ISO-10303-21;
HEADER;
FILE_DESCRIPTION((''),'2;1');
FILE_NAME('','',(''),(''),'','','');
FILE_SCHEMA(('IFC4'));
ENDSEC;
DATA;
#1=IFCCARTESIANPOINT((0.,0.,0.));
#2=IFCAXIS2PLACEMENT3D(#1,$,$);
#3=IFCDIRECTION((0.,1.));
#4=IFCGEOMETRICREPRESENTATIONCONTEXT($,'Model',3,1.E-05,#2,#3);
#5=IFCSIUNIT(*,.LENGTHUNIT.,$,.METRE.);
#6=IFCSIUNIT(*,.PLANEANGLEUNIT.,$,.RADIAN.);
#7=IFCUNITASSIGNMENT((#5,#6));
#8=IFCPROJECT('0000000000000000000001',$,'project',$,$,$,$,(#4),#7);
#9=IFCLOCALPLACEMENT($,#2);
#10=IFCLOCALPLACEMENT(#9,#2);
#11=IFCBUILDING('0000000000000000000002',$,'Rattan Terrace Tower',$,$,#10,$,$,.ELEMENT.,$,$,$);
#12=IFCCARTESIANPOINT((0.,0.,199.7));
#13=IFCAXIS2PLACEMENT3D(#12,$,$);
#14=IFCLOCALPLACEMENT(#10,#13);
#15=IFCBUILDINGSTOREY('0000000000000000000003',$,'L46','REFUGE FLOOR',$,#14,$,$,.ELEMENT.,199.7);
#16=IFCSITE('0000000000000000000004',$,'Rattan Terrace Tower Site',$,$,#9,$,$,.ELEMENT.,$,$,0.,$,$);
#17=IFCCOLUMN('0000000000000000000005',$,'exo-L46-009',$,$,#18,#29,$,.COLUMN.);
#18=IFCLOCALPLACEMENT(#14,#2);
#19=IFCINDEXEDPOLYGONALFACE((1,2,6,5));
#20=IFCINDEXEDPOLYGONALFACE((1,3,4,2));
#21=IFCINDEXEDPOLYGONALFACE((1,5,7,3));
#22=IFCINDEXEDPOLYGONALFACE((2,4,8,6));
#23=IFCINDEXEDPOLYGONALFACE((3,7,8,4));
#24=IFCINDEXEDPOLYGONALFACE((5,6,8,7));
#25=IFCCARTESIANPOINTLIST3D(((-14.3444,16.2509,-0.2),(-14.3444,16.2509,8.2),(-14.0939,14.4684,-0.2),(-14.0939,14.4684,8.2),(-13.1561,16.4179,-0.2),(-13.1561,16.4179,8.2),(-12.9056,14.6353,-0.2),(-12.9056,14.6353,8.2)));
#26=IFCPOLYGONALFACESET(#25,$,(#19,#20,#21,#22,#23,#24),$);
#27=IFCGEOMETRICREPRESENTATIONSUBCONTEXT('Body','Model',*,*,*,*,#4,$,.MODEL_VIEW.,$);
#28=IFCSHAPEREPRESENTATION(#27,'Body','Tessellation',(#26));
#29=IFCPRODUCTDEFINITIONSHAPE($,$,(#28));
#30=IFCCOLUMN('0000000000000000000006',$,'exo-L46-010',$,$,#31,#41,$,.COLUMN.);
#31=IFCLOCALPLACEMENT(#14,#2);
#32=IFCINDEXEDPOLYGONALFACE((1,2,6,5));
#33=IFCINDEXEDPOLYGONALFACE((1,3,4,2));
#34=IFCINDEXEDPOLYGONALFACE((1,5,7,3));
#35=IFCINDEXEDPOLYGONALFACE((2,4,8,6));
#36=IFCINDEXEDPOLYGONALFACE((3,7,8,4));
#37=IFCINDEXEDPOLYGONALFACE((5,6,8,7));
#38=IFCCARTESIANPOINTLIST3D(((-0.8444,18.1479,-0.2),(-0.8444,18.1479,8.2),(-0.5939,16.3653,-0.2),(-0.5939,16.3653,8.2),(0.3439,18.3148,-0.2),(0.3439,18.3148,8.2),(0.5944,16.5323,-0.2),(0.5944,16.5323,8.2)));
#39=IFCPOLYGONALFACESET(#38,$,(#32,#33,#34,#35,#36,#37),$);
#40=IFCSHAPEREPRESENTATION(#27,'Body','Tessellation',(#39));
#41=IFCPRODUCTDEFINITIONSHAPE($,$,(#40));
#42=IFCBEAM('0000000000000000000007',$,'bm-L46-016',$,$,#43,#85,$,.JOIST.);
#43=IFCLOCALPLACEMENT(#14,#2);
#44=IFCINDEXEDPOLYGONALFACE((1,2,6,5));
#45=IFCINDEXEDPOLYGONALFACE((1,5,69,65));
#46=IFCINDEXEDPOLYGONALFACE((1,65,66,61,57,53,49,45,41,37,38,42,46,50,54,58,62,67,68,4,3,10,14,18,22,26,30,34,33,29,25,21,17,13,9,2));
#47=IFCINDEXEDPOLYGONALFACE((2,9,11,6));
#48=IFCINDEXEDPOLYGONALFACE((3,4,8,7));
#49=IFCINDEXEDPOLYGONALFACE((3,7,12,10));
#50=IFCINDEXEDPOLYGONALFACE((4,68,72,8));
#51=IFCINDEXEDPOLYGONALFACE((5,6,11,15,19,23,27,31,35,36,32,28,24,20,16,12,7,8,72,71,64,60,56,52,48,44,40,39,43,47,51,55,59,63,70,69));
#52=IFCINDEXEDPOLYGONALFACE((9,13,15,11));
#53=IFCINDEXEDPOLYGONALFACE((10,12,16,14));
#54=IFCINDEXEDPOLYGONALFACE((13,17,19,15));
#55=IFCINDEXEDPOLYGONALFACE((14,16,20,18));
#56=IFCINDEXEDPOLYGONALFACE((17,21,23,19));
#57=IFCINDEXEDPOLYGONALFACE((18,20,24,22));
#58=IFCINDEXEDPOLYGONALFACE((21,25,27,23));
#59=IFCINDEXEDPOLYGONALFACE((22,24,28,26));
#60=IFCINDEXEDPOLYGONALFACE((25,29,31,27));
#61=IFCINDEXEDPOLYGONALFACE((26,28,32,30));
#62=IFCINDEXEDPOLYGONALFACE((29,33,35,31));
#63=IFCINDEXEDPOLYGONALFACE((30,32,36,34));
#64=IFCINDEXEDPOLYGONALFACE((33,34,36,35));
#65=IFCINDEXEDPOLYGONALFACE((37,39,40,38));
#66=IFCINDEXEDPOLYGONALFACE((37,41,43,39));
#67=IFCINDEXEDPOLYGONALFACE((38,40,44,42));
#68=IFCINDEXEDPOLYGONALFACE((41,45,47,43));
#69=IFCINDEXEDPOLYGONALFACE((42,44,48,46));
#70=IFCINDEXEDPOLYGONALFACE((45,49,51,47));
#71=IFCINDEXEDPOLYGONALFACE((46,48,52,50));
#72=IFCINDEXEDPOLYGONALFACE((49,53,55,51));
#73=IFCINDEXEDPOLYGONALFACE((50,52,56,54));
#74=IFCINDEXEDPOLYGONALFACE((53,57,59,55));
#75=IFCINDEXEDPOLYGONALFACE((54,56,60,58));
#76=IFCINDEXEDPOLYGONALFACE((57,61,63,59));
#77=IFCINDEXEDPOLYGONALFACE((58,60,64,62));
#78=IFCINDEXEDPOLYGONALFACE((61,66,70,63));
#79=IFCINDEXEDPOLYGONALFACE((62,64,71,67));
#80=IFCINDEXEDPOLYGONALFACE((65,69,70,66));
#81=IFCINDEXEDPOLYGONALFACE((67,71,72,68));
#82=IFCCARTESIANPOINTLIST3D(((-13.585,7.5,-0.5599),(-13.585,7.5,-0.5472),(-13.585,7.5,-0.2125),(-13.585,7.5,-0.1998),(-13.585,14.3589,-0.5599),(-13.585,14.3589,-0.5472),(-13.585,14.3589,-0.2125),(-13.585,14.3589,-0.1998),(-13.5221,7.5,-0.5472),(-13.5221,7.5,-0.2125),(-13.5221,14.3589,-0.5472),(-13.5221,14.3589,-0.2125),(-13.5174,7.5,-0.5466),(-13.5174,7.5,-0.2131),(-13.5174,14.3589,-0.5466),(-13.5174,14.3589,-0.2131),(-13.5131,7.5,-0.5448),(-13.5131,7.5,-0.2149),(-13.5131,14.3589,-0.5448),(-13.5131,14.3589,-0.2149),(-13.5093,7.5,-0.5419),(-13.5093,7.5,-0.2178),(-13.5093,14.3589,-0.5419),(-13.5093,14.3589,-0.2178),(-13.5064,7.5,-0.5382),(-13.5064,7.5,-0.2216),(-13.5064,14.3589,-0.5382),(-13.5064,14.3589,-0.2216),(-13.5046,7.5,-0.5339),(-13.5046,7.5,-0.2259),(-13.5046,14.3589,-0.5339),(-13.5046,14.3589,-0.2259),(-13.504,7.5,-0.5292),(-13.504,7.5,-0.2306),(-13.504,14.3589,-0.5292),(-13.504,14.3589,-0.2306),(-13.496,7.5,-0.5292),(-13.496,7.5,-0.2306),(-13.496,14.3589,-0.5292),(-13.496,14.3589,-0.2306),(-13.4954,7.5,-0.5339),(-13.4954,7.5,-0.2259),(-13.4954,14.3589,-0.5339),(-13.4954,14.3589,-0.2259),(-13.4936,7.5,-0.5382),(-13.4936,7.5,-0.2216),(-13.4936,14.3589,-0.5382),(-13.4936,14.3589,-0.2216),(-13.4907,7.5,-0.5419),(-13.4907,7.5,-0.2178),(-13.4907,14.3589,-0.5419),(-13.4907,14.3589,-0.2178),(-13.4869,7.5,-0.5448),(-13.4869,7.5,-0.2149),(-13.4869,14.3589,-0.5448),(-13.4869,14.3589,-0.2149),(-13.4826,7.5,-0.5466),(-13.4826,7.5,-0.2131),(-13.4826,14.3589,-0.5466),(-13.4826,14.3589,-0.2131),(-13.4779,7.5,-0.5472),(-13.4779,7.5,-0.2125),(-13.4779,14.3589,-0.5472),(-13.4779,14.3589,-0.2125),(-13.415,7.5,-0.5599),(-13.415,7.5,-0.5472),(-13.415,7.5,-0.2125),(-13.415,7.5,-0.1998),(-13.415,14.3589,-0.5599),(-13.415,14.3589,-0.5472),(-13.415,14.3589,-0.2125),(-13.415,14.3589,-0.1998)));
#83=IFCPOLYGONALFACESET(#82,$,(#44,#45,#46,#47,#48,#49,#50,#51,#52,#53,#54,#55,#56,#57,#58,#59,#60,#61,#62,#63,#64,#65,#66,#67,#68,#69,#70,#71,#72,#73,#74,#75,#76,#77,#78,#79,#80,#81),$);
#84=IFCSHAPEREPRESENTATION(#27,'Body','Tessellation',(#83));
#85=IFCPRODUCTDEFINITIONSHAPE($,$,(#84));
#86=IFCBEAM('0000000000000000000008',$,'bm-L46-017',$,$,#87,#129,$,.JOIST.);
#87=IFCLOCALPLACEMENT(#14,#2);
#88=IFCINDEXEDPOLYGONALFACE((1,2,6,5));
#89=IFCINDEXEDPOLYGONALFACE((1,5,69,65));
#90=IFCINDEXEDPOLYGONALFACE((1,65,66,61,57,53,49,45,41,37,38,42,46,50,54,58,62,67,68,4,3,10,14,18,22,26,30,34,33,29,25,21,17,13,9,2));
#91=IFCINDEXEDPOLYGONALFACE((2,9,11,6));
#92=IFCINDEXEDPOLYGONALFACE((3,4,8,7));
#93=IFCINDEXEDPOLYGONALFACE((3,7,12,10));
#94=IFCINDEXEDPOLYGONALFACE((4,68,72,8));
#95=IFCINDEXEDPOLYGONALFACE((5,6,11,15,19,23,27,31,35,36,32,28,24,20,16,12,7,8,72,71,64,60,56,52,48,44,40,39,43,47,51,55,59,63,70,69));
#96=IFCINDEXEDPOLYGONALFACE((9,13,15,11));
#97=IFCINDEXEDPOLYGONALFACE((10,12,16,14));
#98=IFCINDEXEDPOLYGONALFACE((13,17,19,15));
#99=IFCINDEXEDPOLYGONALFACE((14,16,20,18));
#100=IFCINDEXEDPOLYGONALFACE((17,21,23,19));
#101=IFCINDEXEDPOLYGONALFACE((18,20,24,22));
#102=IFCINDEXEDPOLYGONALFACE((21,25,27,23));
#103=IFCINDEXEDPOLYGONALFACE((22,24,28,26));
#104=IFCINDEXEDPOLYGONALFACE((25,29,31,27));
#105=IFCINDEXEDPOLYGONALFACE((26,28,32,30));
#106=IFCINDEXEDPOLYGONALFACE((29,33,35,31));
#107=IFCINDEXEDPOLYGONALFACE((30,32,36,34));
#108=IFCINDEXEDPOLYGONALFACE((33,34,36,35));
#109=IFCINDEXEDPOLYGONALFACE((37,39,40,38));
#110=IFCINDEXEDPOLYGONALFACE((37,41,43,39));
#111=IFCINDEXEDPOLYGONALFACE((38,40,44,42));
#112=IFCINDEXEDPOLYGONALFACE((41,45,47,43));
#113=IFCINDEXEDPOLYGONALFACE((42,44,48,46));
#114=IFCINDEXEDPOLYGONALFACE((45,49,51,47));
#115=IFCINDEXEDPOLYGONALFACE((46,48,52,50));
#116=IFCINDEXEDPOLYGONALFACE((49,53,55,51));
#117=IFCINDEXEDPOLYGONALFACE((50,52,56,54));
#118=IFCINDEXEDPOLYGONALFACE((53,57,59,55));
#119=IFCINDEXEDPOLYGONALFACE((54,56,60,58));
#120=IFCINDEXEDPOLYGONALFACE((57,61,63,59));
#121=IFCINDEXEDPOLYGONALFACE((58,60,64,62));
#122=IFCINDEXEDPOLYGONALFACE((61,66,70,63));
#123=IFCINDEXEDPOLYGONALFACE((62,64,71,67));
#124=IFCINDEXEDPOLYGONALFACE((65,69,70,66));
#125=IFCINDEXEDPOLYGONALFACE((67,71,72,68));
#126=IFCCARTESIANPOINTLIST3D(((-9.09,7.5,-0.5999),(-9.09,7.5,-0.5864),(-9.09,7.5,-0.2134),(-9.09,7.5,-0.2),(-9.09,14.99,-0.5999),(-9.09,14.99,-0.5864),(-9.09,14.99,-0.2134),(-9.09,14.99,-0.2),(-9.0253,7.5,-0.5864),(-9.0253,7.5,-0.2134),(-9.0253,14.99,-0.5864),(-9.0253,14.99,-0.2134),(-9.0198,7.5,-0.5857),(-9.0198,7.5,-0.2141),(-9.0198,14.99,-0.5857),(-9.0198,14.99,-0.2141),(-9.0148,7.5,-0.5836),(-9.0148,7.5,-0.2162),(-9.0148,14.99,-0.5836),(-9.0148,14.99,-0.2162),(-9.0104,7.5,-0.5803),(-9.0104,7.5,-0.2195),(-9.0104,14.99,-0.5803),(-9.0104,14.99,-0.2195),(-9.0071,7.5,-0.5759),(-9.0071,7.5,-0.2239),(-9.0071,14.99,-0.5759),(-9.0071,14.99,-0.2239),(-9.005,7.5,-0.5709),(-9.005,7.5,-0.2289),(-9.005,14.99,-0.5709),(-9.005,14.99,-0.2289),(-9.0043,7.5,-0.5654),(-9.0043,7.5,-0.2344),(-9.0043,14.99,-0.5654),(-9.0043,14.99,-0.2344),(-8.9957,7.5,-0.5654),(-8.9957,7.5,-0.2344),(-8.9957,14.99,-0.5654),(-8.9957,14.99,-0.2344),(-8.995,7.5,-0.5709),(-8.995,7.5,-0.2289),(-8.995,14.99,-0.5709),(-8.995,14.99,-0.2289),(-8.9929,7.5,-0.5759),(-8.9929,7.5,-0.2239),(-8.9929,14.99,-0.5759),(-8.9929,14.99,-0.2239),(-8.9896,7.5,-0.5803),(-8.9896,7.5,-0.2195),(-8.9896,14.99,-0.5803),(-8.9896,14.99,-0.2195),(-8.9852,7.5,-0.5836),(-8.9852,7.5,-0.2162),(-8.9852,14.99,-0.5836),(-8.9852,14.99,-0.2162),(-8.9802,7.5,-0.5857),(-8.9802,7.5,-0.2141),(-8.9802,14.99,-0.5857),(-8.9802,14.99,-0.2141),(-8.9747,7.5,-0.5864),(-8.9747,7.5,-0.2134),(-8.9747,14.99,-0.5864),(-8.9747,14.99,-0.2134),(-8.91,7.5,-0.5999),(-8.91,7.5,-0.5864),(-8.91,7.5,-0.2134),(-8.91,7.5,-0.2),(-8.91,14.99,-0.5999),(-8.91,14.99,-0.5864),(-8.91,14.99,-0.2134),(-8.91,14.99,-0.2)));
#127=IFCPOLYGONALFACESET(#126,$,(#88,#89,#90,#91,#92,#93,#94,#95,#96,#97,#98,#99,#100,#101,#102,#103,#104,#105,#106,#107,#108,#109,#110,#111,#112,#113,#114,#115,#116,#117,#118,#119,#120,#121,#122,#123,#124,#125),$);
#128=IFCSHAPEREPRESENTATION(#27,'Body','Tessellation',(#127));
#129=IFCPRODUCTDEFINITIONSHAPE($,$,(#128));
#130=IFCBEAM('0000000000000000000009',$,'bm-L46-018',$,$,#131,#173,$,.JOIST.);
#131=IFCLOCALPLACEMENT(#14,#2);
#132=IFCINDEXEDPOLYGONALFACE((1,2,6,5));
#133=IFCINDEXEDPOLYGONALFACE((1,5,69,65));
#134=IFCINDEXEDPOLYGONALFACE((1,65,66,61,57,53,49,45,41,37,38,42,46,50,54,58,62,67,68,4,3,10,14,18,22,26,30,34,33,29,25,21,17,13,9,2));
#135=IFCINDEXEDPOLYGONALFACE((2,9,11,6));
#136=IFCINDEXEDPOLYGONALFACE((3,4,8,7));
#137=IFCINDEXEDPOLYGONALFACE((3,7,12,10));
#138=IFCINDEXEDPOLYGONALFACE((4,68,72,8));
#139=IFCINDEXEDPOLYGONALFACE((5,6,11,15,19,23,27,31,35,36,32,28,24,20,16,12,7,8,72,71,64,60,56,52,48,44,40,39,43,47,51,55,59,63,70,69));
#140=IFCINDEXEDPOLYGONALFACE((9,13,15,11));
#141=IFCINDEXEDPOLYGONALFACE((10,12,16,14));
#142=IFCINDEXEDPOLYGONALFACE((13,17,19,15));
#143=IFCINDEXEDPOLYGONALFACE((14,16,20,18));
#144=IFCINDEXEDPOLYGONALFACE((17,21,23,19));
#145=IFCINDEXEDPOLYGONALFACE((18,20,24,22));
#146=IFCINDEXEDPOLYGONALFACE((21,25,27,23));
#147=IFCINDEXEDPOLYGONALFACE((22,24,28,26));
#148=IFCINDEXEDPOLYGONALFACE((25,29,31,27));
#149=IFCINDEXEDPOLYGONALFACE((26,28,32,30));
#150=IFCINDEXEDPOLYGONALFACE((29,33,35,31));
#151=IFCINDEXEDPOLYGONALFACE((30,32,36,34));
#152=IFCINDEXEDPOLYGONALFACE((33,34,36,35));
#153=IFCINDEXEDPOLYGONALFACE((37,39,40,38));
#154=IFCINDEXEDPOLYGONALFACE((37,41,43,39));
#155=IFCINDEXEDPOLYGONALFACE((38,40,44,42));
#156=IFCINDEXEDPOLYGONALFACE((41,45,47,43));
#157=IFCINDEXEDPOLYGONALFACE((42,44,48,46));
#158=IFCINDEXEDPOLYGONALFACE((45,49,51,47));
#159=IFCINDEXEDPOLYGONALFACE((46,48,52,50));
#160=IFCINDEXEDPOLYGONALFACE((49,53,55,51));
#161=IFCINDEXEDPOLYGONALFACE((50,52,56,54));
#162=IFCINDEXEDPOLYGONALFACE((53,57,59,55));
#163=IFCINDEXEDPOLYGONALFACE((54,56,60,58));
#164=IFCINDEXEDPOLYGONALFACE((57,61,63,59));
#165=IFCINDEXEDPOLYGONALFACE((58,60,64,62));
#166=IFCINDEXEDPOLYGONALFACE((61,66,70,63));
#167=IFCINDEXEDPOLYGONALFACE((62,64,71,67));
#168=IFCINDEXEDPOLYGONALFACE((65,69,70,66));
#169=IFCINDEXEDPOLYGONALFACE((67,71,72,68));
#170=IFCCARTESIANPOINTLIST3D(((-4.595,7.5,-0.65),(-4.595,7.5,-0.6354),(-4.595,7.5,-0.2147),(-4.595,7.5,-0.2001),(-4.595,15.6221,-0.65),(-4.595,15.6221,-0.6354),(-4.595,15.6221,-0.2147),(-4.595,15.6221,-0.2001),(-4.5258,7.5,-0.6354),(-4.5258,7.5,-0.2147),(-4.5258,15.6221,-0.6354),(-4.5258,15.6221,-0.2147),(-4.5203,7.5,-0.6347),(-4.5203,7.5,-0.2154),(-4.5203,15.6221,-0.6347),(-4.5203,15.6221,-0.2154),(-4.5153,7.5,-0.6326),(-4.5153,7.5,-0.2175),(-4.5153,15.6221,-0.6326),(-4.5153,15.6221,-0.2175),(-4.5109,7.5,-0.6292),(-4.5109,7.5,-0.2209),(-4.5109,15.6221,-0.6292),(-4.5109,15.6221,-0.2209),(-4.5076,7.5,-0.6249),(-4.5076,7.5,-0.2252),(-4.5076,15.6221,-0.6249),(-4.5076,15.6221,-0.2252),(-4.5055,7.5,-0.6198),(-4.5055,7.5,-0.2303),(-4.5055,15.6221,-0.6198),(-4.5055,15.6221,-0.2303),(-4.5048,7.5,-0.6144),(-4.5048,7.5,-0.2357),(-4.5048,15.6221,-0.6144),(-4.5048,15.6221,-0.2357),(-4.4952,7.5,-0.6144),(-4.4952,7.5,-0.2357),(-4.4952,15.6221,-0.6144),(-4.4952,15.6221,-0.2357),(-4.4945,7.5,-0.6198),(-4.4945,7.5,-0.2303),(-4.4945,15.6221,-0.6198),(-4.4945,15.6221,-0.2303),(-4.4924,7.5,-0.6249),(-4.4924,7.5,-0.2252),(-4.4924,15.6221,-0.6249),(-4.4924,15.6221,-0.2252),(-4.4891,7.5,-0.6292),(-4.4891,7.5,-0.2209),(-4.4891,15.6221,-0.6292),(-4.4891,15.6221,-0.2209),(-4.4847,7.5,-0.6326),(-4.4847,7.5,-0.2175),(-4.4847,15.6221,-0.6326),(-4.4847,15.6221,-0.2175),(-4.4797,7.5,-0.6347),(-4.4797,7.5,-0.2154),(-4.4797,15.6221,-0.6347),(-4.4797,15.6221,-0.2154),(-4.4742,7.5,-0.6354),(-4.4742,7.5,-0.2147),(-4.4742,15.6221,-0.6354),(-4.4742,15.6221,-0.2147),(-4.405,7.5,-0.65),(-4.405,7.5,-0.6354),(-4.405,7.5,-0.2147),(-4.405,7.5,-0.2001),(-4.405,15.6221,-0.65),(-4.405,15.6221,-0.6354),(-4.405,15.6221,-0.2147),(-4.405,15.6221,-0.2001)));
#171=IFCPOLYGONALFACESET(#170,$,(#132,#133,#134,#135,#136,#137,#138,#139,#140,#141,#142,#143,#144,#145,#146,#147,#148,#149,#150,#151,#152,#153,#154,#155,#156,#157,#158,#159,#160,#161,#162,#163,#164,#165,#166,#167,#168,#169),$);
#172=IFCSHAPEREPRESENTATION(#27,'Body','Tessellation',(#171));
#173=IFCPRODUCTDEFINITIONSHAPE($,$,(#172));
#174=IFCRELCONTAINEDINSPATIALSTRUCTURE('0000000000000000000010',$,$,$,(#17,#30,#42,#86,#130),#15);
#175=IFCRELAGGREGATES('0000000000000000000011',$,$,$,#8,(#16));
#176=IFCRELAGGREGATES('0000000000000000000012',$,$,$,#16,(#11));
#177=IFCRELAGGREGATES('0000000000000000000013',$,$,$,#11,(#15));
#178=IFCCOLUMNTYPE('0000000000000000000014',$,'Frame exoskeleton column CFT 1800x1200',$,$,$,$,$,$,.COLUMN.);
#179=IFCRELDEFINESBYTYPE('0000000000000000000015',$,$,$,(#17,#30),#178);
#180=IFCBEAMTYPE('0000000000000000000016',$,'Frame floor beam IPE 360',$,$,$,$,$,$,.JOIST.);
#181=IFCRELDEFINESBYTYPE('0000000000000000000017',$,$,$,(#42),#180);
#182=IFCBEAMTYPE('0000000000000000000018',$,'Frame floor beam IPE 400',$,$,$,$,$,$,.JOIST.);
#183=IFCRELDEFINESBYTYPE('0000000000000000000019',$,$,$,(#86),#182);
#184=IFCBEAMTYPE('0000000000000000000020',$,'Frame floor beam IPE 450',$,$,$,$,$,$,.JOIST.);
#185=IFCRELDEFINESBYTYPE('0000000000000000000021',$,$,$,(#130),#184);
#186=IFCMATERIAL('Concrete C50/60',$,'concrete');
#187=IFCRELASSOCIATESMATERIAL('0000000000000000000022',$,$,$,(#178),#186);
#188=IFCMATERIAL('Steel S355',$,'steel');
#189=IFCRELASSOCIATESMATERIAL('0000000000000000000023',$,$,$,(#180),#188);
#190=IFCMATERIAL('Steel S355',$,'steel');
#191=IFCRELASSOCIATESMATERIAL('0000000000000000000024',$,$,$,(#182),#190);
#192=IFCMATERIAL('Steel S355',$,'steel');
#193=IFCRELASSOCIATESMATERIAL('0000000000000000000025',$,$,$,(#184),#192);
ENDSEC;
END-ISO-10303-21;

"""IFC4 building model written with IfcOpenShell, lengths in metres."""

from ifc_helpers import new_model, si_unit, direction, frame, origin, origin_2d, place, context, subcontext, project, spatial, rectangle, i_section, extrude, material, material_profile, profile_set, type_object, element, save


model = new_model("IFC4")

# Units and contexts
model_context = context("Model", 3, precision=1e-05, world=origin(), true_north=direction((0.0, 1.0)))
body_context = subcontext(model_context, "Body", "Model", "MODEL_VIEW")
ifc_project = project(units=[si_unit("LENGTHUNIT", "METRE"), si_unit("PLANEANGLEUNIT", "RADIAN")], contexts=[model_context])

# Site, building, storey
site_placement = place(None, origin())
site = spatial("IfcSite", under=ifc_project, at=site_placement, Name="Rattan Terrace Tower Site", CompositionType="ELEMENT", RefElevation=0.0)
building_placement = place(site_placement, origin())
building = spatial("IfcBuilding", under=site, at=building_placement, Name="Rattan Terrace Tower", CompositionType="ELEMENT")
storey_placement = place(building_placement, frame((0.0, 0.0, 199.7)))
storey = spatial("IfcBuildingStorey", under=building, at=storey_placement, Name="L46", Description="REFUGE FLOOR", CompositionType="ELEMENT", Elevation=199.7)

# Columns
ifc_material_1 = material(Name="Concrete C50/60", Category="concrete")
ifc_material_profile_1 = material_profile(ifc_material_1, rectangle(XDim=1.2, YDim=1.8, at=origin_2d()), Name="CFT 1800x1200")
ifc_profile_set_1 = profile_set([ifc_material_profile_1], Name="Concrete C50/60")
column_type = type_object("IfcColumnType", Name="Frame exoskeleton column CFT 1800x1200", PredefinedType="COLUMN", material=ifc_profile_set_1)
for number, where, z_axis, x_axis, name in (
    (1, (-13.625, 15.4431, -0.2), (0.0, 0.0, 1.0), (0.99027, 0.139156, 0.0), "exo-L46-009"),
    (2, (-0.125, 17.3401, -0.2), (0.0, 0.0, 1.0), (0.99027, 0.139156, 0.0), "exo-L46-010"),
):
    element("IfcColumn", number, at=place(storey_placement, frame(where, z_axis=z_axis, x_axis=x_axis)), inside=storey, type_object=column_type, Name=name, PredefinedType="COLUMN", context=body_context, shape_type="SweptSolid", body=[
        extrude(rectangle(XDim=1.2, YDim=1.8, at=origin_2d()), origin(), (0.0, 0.0, 1.0), 8.3999),
    ])

# Beams
ifc_material_2 = material(Name="Steel S355", Category="steel")
ifc_material_profile_2 = material_profile(ifc_material_2, i_section(OverallWidth=0.1699, OverallDepth=0.3601, WebThickness=0.0081, FlangeThickness=0.0127, FilletRadius=0.0181, at=origin_2d()), Name="IPE 360")
ifc_profile_set_2 = profile_set([ifc_material_profile_2], Name="Steel S355")
beam_type_1 = type_object("IfcBeamType", Name="Frame floor beam IPE 360", PredefinedType="JOIST", material=ifc_profile_set_2)
beam_1_placement = place(storey_placement, frame((-13.5, 7.5, -0.3799), z_axis=(0.0, 1.0, 0.0), x_axis=(-1.0, 0.0, 0.0)))
element("IfcBeam", 3, at=beam_1_placement, inside=storey, type_object=beam_type_1, Name="bm-L46-016", PredefinedType="JOIST", context=body_context, shape_type="SweptSolid", body=[
    extrude(i_section(OverallWidth=0.1699, OverallDepth=0.3601, WebThickness=0.0081, FlangeThickness=0.0127, FilletRadius=0.0181, at=origin_2d()), origin(), (0.0, 0.0, 1.0), 6.8589),
])
ifc_material_3 = material(Name="Steel S355", Category="steel")
ifc_material_profile_3 = material_profile(ifc_material_3, i_section(OverallWidth=0.1799, OverallDepth=0.3999, WebThickness=0.0085, FlangeThickness=0.0134, FilletRadius=0.021, at=origin_2d()), Name="IPE 400")
ifc_profile_set_3 = profile_set([ifc_material_profile_3], Name="Steel S355")
beam_type_2 = type_object("IfcBeamType", Name="Frame floor beam IPE 400", PredefinedType="JOIST", material=ifc_profile_set_3)
beam_2_placement = place(storey_placement, frame((-9.0, 7.5, -0.3999), z_axis=(0.0, 1.0, 0.0), x_axis=(-1.0, 0.0, 0.0)))
element("IfcBeam", 4, at=beam_2_placement, inside=storey, type_object=beam_type_2, Name="bm-L46-017", PredefinedType="JOIST", context=body_context, shape_type="SweptSolid", body=[
    extrude(i_section(OverallWidth=0.1799, OverallDepth=0.3999, WebThickness=0.0085, FlangeThickness=0.0134, FilletRadius=0.021, at=origin_2d()), origin(), (0.0, 0.0, 1.0), 7.49),
])
ifc_material_4 = material(Name="Steel S355", Category="steel")
ifc_material_profile_4 = material_profile(ifc_material_4, i_section(OverallWidth=0.1899, OverallDepth=0.45, WebThickness=0.0095, FlangeThickness=0.0146, FilletRadius=0.021, at=origin_2d()), Name="IPE 450")
ifc_profile_set_4 = profile_set([ifc_material_profile_4], Name="Steel S355")
beam_type_3 = type_object("IfcBeamType", Name="Frame floor beam IPE 450", PredefinedType="JOIST", material=ifc_profile_set_4)
beam_3_placement = place(storey_placement, frame((-4.5, 7.5, -0.425), z_axis=(0.0, 1.0, 0.0), x_axis=(-1.0, 0.0, 0.0)))
element("IfcBeam", 5, at=beam_3_placement, inside=storey, type_object=beam_type_3, Name="bm-L46-018", PredefinedType="JOIST", context=body_context, shape_type="SweptSolid", body=[
    extrude(i_section(OverallWidth=0.1899, OverallDepth=0.45, WebThickness=0.0095, FlangeThickness=0.0146, FilletRadius=0.021, at=origin_2d()), origin(), (0.0, 0.0, 1.0), 8.1221),
])

save(model, "model.ifc")
